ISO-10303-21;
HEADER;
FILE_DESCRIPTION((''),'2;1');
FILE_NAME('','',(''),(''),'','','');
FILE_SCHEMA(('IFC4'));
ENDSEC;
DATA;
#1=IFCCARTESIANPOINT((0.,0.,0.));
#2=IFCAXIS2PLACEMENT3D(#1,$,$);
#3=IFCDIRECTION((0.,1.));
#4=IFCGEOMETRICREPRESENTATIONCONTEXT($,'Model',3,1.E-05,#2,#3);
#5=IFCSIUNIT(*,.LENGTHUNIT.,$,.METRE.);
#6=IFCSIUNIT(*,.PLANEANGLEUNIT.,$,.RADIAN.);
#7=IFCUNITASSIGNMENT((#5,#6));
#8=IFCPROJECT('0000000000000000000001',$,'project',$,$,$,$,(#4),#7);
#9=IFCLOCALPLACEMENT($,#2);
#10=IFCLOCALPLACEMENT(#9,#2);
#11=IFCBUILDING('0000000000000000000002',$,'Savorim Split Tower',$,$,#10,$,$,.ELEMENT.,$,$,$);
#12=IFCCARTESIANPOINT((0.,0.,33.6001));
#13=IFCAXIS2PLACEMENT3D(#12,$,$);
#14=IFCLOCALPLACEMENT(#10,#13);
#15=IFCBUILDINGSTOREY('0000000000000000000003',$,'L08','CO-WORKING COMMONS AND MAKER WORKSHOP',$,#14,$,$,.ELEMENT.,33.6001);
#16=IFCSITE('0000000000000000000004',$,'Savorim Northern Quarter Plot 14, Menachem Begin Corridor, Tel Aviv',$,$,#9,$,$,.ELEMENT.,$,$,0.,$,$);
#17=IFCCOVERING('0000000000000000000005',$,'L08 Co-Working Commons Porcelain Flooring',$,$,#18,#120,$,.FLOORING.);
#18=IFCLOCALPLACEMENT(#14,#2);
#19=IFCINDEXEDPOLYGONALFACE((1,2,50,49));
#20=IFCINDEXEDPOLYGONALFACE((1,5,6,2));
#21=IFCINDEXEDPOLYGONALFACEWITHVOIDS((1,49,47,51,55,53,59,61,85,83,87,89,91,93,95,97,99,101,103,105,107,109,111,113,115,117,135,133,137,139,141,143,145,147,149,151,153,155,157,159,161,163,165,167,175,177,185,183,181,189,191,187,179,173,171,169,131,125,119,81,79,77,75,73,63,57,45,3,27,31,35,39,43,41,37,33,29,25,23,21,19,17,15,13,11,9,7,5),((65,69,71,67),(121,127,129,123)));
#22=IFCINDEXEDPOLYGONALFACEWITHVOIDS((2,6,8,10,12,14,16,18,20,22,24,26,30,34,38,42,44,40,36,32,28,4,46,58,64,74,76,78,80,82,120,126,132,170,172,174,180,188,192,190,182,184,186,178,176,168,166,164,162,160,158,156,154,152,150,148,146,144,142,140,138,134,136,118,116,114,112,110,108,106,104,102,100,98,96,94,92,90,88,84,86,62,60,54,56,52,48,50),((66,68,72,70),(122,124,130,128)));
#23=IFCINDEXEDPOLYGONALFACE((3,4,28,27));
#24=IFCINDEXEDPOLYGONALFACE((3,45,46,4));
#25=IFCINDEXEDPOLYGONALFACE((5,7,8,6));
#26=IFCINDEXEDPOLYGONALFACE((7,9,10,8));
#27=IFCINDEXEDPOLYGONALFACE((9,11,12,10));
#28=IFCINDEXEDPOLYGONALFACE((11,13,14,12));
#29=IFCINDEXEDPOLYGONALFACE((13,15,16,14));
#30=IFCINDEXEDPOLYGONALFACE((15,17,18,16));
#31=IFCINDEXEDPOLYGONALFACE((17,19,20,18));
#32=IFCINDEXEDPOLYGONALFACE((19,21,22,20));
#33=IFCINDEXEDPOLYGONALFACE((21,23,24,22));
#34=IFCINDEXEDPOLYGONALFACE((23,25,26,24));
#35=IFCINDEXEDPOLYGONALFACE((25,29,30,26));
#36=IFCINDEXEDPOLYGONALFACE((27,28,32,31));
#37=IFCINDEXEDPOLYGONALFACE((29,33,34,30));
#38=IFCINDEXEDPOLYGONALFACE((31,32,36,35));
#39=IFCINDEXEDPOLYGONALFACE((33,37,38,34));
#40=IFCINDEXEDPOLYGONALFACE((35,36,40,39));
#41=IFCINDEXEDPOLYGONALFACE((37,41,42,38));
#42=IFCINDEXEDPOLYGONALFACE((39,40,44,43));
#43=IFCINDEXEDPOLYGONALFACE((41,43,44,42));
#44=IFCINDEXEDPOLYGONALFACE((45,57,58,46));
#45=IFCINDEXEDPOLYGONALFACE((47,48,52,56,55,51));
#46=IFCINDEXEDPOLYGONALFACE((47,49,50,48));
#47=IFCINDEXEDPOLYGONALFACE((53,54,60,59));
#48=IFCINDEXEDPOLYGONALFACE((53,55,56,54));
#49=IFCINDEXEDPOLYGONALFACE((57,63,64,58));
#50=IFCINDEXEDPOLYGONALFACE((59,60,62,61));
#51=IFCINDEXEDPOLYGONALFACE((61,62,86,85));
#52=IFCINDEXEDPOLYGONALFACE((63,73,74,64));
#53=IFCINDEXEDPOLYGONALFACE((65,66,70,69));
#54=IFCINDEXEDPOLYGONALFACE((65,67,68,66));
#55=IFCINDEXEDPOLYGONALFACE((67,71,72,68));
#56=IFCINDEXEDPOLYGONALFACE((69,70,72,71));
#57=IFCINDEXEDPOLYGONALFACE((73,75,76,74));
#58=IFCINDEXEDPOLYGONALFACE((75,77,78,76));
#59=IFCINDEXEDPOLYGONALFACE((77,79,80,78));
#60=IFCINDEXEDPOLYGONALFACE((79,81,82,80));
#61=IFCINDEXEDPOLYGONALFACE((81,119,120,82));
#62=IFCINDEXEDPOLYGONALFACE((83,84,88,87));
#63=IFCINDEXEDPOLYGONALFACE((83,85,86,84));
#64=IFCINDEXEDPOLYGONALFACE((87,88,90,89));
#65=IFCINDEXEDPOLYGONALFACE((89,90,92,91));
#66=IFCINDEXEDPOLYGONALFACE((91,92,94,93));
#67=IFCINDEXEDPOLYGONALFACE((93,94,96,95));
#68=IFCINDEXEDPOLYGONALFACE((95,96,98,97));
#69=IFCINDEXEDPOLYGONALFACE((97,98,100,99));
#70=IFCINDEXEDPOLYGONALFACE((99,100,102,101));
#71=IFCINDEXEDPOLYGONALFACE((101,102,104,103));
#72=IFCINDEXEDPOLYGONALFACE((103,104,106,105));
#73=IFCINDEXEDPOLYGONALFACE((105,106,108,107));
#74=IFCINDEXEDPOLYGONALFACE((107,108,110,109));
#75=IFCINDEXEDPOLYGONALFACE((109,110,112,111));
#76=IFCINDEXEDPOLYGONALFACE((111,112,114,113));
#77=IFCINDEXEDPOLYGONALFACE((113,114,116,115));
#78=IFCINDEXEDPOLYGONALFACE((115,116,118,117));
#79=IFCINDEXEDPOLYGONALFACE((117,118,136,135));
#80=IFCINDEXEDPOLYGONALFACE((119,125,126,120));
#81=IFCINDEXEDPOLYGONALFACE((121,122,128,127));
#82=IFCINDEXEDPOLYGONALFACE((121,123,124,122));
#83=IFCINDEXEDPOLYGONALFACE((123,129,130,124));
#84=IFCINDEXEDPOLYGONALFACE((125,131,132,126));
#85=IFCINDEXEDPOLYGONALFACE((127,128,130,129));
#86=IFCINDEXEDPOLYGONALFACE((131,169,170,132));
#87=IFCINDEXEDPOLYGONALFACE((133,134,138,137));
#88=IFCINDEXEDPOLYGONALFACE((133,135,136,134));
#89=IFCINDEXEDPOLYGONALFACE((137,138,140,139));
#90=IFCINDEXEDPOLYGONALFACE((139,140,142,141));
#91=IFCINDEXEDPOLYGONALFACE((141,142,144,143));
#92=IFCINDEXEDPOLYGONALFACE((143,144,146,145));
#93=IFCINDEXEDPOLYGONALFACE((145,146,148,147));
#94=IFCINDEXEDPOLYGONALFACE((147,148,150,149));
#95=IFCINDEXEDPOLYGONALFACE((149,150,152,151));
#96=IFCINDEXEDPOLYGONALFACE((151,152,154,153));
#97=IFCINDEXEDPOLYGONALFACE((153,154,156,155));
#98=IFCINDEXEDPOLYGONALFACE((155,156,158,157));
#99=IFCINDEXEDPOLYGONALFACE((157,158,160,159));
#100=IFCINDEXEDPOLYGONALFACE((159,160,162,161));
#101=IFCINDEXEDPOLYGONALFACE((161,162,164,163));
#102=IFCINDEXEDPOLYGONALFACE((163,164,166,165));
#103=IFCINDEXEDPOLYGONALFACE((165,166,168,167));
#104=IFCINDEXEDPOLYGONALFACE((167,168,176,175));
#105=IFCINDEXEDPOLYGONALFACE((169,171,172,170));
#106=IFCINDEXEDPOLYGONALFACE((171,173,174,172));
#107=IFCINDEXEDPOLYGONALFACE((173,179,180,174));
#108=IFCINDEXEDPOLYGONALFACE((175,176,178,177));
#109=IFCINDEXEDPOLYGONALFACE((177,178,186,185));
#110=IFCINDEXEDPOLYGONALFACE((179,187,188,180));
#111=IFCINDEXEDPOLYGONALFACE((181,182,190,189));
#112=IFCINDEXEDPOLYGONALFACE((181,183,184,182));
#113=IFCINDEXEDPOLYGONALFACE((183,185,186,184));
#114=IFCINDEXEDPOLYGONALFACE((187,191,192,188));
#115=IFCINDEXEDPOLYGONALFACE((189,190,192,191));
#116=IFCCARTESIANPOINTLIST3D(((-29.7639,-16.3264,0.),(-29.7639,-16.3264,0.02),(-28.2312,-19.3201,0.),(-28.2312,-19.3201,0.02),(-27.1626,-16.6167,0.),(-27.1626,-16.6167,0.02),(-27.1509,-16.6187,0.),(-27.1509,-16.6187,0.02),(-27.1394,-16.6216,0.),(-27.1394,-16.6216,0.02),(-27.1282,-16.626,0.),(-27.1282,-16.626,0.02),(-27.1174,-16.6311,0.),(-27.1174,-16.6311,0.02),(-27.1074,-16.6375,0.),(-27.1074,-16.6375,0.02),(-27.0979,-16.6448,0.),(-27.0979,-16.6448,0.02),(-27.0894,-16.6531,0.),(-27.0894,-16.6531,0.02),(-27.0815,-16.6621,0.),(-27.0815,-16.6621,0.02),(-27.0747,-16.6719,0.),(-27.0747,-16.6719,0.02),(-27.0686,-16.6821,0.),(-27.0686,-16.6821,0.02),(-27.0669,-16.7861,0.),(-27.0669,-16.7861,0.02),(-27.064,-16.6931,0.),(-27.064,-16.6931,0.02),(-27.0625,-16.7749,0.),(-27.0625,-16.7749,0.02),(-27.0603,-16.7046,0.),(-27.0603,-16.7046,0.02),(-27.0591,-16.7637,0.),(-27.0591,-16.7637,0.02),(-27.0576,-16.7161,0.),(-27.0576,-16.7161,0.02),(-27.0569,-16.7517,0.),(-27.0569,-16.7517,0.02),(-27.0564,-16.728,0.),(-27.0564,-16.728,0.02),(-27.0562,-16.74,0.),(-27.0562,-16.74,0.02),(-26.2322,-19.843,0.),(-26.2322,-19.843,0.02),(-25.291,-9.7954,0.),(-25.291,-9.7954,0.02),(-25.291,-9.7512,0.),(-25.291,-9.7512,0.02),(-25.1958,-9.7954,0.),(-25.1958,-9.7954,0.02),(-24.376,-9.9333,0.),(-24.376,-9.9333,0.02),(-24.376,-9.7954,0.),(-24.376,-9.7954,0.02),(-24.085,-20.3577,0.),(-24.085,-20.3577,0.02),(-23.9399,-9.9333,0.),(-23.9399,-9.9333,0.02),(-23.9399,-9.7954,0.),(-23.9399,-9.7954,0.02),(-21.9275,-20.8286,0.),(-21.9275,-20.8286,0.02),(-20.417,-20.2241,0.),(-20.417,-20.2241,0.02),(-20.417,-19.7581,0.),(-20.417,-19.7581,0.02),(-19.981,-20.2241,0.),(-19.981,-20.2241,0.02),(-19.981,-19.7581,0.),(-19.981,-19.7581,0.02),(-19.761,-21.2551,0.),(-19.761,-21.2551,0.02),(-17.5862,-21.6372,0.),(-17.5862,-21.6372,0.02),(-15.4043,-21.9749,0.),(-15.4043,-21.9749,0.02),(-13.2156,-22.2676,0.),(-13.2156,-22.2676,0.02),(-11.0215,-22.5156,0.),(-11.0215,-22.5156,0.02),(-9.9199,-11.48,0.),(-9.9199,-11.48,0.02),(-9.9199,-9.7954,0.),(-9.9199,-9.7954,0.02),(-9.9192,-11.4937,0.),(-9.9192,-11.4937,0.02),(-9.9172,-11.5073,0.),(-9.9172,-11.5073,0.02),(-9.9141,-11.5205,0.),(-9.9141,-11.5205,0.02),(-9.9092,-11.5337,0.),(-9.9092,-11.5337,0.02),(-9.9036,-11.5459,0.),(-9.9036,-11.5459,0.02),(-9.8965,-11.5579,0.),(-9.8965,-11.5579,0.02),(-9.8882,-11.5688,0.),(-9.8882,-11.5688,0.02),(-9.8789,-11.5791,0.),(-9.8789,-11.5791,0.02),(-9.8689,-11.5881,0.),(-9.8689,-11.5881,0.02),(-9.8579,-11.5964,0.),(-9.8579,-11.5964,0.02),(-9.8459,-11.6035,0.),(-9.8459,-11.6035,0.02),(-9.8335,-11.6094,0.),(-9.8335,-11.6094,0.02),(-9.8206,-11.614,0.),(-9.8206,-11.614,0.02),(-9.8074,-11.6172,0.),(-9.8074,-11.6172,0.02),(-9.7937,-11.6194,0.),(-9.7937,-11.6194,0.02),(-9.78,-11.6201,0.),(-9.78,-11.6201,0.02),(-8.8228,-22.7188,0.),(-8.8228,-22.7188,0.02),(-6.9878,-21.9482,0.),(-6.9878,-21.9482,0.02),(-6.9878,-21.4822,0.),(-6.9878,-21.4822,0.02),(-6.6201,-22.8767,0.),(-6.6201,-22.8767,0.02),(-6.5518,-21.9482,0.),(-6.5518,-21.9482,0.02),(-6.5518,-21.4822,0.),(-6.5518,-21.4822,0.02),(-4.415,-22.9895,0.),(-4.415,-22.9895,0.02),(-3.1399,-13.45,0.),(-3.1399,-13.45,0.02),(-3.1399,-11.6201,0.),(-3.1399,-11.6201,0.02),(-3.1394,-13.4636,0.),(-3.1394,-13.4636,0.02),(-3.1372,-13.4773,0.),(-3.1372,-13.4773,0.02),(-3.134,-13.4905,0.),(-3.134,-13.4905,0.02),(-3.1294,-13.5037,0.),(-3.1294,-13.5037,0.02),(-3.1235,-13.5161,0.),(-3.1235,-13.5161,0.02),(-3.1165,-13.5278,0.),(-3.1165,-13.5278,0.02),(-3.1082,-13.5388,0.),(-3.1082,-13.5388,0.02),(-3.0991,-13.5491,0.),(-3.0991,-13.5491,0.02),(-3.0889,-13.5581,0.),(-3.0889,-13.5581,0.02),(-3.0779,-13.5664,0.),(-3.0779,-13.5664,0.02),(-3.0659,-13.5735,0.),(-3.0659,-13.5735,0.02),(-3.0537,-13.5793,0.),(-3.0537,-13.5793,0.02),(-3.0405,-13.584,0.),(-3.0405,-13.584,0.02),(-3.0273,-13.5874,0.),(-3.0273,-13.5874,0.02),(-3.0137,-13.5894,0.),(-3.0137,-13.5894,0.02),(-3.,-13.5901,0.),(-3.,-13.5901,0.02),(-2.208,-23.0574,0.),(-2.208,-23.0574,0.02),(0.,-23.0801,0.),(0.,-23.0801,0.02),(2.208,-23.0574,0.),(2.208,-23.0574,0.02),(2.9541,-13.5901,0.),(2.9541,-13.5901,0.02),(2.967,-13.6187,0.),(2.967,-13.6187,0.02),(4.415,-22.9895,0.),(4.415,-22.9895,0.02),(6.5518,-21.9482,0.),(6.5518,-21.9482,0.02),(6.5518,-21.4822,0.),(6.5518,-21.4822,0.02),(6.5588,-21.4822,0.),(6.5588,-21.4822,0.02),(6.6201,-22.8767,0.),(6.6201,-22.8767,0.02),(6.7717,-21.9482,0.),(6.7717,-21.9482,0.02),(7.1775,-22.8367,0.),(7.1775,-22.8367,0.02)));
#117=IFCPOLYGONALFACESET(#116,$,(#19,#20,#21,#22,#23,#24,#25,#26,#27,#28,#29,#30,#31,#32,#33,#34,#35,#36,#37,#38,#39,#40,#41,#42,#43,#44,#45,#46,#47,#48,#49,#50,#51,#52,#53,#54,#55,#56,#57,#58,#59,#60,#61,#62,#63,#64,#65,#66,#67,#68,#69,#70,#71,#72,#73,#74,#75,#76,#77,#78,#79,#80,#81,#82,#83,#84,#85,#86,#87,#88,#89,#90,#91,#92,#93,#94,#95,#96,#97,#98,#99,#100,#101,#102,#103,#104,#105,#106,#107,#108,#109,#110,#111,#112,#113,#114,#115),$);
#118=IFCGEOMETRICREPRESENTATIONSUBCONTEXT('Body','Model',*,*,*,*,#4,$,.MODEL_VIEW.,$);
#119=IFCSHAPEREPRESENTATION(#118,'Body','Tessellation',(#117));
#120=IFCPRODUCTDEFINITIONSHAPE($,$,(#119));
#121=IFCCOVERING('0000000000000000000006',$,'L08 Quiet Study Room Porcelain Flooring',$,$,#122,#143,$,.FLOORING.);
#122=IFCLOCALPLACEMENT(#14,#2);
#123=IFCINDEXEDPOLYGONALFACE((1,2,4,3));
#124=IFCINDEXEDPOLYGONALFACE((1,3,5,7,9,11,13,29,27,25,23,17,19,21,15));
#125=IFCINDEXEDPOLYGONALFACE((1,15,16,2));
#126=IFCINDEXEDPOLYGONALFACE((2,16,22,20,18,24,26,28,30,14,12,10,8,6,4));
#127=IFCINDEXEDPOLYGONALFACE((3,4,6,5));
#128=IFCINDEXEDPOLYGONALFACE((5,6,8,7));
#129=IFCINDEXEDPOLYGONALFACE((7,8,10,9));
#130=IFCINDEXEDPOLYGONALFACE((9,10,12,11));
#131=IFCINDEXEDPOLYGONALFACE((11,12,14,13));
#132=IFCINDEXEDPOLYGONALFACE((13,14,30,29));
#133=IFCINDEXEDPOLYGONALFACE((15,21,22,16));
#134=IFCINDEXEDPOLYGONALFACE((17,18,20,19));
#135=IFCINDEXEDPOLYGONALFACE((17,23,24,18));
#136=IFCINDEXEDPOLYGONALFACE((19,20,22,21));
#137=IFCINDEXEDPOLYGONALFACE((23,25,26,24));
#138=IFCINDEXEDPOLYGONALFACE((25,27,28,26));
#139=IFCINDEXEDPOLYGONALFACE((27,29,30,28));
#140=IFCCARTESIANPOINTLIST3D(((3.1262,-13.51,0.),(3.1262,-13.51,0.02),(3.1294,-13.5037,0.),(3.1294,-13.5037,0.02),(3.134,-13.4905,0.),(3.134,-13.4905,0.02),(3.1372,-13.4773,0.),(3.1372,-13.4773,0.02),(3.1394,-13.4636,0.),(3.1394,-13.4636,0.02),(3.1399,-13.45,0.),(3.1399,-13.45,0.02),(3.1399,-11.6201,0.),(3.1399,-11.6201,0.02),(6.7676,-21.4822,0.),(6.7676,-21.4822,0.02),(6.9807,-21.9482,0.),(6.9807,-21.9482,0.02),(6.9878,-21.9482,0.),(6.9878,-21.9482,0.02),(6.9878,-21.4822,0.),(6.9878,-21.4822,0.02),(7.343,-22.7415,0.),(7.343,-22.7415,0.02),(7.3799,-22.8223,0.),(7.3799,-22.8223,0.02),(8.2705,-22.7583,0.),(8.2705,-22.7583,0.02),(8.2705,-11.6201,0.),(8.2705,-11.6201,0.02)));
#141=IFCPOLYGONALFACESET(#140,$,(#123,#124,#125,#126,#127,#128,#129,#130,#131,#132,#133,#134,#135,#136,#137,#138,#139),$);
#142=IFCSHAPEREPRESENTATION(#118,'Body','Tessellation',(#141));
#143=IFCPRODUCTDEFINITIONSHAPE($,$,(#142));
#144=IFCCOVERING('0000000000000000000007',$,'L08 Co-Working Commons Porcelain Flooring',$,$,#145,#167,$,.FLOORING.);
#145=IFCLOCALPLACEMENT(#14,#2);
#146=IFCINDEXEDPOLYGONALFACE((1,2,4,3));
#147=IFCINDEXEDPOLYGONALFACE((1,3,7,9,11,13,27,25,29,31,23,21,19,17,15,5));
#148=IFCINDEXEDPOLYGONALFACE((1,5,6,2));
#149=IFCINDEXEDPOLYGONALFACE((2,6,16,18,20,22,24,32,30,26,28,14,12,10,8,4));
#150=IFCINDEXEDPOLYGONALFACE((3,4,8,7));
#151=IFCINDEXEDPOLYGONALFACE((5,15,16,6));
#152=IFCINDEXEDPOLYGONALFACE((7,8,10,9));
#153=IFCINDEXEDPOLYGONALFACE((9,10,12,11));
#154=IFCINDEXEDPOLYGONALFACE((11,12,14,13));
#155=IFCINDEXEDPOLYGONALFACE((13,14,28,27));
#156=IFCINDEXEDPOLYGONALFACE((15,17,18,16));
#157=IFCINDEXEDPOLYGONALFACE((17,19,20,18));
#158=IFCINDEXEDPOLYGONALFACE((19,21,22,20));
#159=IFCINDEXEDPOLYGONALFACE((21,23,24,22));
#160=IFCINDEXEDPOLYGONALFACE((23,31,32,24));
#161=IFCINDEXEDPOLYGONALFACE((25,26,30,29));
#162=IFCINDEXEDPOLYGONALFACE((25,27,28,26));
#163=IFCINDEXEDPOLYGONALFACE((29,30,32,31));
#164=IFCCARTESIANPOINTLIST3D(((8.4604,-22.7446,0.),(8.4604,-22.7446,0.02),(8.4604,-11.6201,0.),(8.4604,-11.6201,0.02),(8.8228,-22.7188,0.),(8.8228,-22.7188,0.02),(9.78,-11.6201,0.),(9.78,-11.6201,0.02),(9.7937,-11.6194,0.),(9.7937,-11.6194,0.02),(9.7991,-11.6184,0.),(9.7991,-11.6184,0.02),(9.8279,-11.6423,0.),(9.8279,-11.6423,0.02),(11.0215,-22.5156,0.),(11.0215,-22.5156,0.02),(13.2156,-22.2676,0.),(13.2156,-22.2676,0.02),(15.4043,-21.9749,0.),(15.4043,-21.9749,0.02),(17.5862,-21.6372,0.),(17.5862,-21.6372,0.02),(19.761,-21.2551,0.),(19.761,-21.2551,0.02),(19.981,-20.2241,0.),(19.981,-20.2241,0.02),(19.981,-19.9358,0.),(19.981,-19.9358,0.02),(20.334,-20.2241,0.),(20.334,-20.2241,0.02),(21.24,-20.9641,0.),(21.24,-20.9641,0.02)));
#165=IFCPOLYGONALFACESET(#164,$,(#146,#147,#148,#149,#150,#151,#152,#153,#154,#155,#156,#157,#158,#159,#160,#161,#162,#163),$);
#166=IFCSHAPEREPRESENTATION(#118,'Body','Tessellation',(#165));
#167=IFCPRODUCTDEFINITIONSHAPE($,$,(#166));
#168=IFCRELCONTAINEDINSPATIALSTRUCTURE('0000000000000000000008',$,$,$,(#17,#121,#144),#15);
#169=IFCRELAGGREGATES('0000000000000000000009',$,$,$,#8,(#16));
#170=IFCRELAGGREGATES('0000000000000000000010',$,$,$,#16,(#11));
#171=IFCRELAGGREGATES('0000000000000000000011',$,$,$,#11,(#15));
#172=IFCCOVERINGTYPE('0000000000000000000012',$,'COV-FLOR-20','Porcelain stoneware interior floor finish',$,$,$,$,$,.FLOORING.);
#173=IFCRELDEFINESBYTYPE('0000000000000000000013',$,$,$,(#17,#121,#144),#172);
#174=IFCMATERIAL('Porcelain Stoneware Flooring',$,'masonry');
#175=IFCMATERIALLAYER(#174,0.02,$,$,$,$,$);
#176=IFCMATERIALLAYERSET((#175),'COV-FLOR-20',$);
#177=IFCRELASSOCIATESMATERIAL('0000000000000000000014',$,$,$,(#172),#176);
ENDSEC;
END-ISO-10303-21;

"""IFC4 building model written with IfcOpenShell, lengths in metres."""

from ifc_helpers import new_model, si_unit, direction, frame, origin, place, context, subcontext, project, spatial, polyline, outline, extrude, material, layer, layer_set, type_object, element, save


model = new_model("IFC4")

# Units and contexts
model_context = context("Model", 3, precision=1e-05, world=origin(), true_north=direction((0.0, 1.0)))
body_context = subcontext(model_context, "Body", "Model", "MODEL_VIEW")
ifc_project = project(units=[si_unit("LENGTHUNIT", "METRE"), si_unit("PLANEANGLEUNIT", "RADIAN")], contexts=[model_context])

# Site, building, storey
site_placement = place(None, origin())
site = spatial("IfcSite", under=ifc_project, at=site_placement, Name="Savorim Northern Quarter Plot 14, Menachem Begin Corridor, Tel Aviv", CompositionType="ELEMENT", RefElevation=0.0)
building_placement = place(site_placement, origin())
building = spatial("IfcBuilding", under=site, at=building_placement, Name="Savorim Split Tower", CompositionType="ELEMENT")
storey_placement = place(building_placement, frame((0.0, 0.0, 33.6001)))
storey = spatial("IfcBuildingStorey", under=building, at=storey_placement, Name="L08", Description="CO-WORKING COMMONS AND MAKER WORKSHOP", CompositionType="ELEMENT", Elevation=33.6001)

# Coverings
ifc_material_1 = material(Name="Porcelain Stoneware Flooring", Category="masonry")
ifc_layer_1 = layer(ifc_material_1, 0.02)
ifc_layer_set_1 = layer_set([ifc_layer_1], Name="COV-FLOR-20")
covering_type_1 = type_object("IfcCoveringType", Name="COV-FLOR-20", Description="Porcelain stoneware interior floor finish", PredefinedType="FLOORING", material=ifc_layer_set_1)
covering_1_placement = place(storey_placement, origin())
element("IfcCovering", 1, at=covering_1_placement, inside=storey, type_object=covering_type_1, Name="L08 Co-Working Commons Porcelain Flooring", PredefinedType="FLOORING", context=body_context, shape_type="SweptSolid", body=[
    extrude(outline(polyline([(-27.0562, -16.74), (-27.0569, -16.7517), (-27.0591, -16.7637), (-27.0625, -16.7749), (-27.0669, -16.7861), (-28.2312, -19.3201), (-26.2322, -19.843), (-24.085, -20.3577), (-21.9275, -20.8286), (-19.761, -21.2551), (-17.5862, -21.6372), (-15.4043, -21.9749), (-13.2156, -22.2676), (-11.0215, -22.5156), (-8.8228, -22.7188), (-6.6201, -22.8767), (-4.415, -22.9895), (-2.208, -23.0574), (0.0, -23.0801), (2.208, -23.0574), (4.415, -22.9895), (6.6201, -22.8767), (7.1775, -22.8367), (6.7717, -21.9482), (6.5518, -21.9482), (6.5518, -21.4822), (6.5588, -21.4822), (2.967, -13.6187), (2.9541, -13.5901), (-3.0, -13.5901), (-3.0137, -13.5894), (-3.0273, -13.5874), (-3.0405, -13.584), (-3.0537, -13.5793), (-3.0659, -13.5735), (-3.0779, -13.5664), (-3.0889, -13.5581), (-3.0991, -13.5491), (-3.1082, -13.5388), (-3.1165, -13.5278), (-3.1235, -13.5161), (-3.1294, -13.5037), (-3.134, -13.4905), (-3.1372, -13.4773), (-3.1394, -13.4636), (-3.1399, -13.45), (-3.1399, -11.6201), (-9.78, -11.6201), (-9.7937, -11.6194), (-9.8074, -11.6172), (-9.8206, -11.614), (-9.8335, -11.6094), (-9.8459, -11.6035), (-9.8579, -11.5964), (-9.8689, -11.5881), (-9.8789, -11.5791), (-9.8882, -11.5688), (-9.8965, -11.5579), (-9.9036, -11.5459), (-9.9092, -11.5337), (-9.9141, -11.5205), (-9.9172, -11.5073), (-9.9192, -11.4937), (-9.9199, -11.48), (-9.9199, -9.7954), (-23.9399, -9.7954), (-23.9399, -9.9333), (-24.376, -9.9333), (-24.376, -9.7954), (-25.1958, -9.7954), (-25.291, -9.7954), (-25.291, -9.7512), (-29.7639, -16.3264), (-27.1626, -16.6167), (-27.1509, -16.6187), (-27.1394, -16.6216), (-27.1282, -16.626), (-27.1174, -16.6311), (-27.1074, -16.6375), (-27.0979, -16.6448), (-27.0894, -16.6531), (-27.0815, -16.6621), (-27.0747, -16.6719), (-27.0686, -16.6821), (-27.064, -16.6931), (-27.0603, -16.7046), (-27.0576, -16.7161), (-27.0564, -16.728), (-27.0562, -16.74)]), holes=[polyline([(-20.417, -20.2241), (-19.981, -20.2241), (-19.981, -19.7581), (-20.417, -19.7581), (-20.417, -20.2241)]), polyline([(-6.9878, -21.9482), (-6.5518, -21.9482), (-6.5518, -21.4822), (-6.9878, -21.4822), (-6.9878, -21.9482)])]), origin(), (0.0, 0.0, 1.0), 0.02),
])
covering_2_placement = place(storey_placement, origin())
element("IfcCovering", 2, at=covering_2_placement, inside=storey, type_object=covering_type_1, Name="L08 Quiet Study Room Porcelain Flooring", PredefinedType="FLOORING", context=body_context, shape_type="SweptSolid", body=[
    extrude(outline(polyline([(6.9807, -21.9482), (7.343, -22.7415), (7.3799, -22.8223), (8.2705, -22.7583), (8.2705, -11.6201), (3.1399, -11.6201), (3.1399, -13.45), (3.1394, -13.4636), (3.1372, -13.4773), (3.134, -13.4905), (3.1294, -13.5037), (3.1262, -13.51), (6.7676, -21.4822), (6.9878, -21.4822), (6.9878, -21.9482), (6.9807, -21.9482)])), origin(), (0.0, 0.0, 1.0), 0.02),
])
covering_3_placement = place(storey_placement, origin())
element("IfcCovering", 3, at=covering_3_placement, inside=storey, type_object=covering_type_1, Name="L08 Co-Working Commons Porcelain Flooring", PredefinedType="FLOORING", context=body_context, shape_type="SweptSolid", body=[
    extrude(outline(polyline([(13.2156, -22.2676), (15.4043, -21.9749), (17.5862, -21.6372), (19.761, -21.2551), (21.24, -20.9641), (20.334, -20.2241), (19.981, -20.2241), (19.981, -19.9358), (9.8279, -11.6423), (9.7991, -11.6184), (9.7937, -11.6194), (9.78, -11.6201), (8.4604, -11.6201), (8.4604, -22.7446), (8.8228, -22.7188), (11.0215, -22.5156), (13.2156, -22.2676)])), origin(), (0.0, 0.0, 1.0), 0.02),
])

save(model, "model.ifc")
